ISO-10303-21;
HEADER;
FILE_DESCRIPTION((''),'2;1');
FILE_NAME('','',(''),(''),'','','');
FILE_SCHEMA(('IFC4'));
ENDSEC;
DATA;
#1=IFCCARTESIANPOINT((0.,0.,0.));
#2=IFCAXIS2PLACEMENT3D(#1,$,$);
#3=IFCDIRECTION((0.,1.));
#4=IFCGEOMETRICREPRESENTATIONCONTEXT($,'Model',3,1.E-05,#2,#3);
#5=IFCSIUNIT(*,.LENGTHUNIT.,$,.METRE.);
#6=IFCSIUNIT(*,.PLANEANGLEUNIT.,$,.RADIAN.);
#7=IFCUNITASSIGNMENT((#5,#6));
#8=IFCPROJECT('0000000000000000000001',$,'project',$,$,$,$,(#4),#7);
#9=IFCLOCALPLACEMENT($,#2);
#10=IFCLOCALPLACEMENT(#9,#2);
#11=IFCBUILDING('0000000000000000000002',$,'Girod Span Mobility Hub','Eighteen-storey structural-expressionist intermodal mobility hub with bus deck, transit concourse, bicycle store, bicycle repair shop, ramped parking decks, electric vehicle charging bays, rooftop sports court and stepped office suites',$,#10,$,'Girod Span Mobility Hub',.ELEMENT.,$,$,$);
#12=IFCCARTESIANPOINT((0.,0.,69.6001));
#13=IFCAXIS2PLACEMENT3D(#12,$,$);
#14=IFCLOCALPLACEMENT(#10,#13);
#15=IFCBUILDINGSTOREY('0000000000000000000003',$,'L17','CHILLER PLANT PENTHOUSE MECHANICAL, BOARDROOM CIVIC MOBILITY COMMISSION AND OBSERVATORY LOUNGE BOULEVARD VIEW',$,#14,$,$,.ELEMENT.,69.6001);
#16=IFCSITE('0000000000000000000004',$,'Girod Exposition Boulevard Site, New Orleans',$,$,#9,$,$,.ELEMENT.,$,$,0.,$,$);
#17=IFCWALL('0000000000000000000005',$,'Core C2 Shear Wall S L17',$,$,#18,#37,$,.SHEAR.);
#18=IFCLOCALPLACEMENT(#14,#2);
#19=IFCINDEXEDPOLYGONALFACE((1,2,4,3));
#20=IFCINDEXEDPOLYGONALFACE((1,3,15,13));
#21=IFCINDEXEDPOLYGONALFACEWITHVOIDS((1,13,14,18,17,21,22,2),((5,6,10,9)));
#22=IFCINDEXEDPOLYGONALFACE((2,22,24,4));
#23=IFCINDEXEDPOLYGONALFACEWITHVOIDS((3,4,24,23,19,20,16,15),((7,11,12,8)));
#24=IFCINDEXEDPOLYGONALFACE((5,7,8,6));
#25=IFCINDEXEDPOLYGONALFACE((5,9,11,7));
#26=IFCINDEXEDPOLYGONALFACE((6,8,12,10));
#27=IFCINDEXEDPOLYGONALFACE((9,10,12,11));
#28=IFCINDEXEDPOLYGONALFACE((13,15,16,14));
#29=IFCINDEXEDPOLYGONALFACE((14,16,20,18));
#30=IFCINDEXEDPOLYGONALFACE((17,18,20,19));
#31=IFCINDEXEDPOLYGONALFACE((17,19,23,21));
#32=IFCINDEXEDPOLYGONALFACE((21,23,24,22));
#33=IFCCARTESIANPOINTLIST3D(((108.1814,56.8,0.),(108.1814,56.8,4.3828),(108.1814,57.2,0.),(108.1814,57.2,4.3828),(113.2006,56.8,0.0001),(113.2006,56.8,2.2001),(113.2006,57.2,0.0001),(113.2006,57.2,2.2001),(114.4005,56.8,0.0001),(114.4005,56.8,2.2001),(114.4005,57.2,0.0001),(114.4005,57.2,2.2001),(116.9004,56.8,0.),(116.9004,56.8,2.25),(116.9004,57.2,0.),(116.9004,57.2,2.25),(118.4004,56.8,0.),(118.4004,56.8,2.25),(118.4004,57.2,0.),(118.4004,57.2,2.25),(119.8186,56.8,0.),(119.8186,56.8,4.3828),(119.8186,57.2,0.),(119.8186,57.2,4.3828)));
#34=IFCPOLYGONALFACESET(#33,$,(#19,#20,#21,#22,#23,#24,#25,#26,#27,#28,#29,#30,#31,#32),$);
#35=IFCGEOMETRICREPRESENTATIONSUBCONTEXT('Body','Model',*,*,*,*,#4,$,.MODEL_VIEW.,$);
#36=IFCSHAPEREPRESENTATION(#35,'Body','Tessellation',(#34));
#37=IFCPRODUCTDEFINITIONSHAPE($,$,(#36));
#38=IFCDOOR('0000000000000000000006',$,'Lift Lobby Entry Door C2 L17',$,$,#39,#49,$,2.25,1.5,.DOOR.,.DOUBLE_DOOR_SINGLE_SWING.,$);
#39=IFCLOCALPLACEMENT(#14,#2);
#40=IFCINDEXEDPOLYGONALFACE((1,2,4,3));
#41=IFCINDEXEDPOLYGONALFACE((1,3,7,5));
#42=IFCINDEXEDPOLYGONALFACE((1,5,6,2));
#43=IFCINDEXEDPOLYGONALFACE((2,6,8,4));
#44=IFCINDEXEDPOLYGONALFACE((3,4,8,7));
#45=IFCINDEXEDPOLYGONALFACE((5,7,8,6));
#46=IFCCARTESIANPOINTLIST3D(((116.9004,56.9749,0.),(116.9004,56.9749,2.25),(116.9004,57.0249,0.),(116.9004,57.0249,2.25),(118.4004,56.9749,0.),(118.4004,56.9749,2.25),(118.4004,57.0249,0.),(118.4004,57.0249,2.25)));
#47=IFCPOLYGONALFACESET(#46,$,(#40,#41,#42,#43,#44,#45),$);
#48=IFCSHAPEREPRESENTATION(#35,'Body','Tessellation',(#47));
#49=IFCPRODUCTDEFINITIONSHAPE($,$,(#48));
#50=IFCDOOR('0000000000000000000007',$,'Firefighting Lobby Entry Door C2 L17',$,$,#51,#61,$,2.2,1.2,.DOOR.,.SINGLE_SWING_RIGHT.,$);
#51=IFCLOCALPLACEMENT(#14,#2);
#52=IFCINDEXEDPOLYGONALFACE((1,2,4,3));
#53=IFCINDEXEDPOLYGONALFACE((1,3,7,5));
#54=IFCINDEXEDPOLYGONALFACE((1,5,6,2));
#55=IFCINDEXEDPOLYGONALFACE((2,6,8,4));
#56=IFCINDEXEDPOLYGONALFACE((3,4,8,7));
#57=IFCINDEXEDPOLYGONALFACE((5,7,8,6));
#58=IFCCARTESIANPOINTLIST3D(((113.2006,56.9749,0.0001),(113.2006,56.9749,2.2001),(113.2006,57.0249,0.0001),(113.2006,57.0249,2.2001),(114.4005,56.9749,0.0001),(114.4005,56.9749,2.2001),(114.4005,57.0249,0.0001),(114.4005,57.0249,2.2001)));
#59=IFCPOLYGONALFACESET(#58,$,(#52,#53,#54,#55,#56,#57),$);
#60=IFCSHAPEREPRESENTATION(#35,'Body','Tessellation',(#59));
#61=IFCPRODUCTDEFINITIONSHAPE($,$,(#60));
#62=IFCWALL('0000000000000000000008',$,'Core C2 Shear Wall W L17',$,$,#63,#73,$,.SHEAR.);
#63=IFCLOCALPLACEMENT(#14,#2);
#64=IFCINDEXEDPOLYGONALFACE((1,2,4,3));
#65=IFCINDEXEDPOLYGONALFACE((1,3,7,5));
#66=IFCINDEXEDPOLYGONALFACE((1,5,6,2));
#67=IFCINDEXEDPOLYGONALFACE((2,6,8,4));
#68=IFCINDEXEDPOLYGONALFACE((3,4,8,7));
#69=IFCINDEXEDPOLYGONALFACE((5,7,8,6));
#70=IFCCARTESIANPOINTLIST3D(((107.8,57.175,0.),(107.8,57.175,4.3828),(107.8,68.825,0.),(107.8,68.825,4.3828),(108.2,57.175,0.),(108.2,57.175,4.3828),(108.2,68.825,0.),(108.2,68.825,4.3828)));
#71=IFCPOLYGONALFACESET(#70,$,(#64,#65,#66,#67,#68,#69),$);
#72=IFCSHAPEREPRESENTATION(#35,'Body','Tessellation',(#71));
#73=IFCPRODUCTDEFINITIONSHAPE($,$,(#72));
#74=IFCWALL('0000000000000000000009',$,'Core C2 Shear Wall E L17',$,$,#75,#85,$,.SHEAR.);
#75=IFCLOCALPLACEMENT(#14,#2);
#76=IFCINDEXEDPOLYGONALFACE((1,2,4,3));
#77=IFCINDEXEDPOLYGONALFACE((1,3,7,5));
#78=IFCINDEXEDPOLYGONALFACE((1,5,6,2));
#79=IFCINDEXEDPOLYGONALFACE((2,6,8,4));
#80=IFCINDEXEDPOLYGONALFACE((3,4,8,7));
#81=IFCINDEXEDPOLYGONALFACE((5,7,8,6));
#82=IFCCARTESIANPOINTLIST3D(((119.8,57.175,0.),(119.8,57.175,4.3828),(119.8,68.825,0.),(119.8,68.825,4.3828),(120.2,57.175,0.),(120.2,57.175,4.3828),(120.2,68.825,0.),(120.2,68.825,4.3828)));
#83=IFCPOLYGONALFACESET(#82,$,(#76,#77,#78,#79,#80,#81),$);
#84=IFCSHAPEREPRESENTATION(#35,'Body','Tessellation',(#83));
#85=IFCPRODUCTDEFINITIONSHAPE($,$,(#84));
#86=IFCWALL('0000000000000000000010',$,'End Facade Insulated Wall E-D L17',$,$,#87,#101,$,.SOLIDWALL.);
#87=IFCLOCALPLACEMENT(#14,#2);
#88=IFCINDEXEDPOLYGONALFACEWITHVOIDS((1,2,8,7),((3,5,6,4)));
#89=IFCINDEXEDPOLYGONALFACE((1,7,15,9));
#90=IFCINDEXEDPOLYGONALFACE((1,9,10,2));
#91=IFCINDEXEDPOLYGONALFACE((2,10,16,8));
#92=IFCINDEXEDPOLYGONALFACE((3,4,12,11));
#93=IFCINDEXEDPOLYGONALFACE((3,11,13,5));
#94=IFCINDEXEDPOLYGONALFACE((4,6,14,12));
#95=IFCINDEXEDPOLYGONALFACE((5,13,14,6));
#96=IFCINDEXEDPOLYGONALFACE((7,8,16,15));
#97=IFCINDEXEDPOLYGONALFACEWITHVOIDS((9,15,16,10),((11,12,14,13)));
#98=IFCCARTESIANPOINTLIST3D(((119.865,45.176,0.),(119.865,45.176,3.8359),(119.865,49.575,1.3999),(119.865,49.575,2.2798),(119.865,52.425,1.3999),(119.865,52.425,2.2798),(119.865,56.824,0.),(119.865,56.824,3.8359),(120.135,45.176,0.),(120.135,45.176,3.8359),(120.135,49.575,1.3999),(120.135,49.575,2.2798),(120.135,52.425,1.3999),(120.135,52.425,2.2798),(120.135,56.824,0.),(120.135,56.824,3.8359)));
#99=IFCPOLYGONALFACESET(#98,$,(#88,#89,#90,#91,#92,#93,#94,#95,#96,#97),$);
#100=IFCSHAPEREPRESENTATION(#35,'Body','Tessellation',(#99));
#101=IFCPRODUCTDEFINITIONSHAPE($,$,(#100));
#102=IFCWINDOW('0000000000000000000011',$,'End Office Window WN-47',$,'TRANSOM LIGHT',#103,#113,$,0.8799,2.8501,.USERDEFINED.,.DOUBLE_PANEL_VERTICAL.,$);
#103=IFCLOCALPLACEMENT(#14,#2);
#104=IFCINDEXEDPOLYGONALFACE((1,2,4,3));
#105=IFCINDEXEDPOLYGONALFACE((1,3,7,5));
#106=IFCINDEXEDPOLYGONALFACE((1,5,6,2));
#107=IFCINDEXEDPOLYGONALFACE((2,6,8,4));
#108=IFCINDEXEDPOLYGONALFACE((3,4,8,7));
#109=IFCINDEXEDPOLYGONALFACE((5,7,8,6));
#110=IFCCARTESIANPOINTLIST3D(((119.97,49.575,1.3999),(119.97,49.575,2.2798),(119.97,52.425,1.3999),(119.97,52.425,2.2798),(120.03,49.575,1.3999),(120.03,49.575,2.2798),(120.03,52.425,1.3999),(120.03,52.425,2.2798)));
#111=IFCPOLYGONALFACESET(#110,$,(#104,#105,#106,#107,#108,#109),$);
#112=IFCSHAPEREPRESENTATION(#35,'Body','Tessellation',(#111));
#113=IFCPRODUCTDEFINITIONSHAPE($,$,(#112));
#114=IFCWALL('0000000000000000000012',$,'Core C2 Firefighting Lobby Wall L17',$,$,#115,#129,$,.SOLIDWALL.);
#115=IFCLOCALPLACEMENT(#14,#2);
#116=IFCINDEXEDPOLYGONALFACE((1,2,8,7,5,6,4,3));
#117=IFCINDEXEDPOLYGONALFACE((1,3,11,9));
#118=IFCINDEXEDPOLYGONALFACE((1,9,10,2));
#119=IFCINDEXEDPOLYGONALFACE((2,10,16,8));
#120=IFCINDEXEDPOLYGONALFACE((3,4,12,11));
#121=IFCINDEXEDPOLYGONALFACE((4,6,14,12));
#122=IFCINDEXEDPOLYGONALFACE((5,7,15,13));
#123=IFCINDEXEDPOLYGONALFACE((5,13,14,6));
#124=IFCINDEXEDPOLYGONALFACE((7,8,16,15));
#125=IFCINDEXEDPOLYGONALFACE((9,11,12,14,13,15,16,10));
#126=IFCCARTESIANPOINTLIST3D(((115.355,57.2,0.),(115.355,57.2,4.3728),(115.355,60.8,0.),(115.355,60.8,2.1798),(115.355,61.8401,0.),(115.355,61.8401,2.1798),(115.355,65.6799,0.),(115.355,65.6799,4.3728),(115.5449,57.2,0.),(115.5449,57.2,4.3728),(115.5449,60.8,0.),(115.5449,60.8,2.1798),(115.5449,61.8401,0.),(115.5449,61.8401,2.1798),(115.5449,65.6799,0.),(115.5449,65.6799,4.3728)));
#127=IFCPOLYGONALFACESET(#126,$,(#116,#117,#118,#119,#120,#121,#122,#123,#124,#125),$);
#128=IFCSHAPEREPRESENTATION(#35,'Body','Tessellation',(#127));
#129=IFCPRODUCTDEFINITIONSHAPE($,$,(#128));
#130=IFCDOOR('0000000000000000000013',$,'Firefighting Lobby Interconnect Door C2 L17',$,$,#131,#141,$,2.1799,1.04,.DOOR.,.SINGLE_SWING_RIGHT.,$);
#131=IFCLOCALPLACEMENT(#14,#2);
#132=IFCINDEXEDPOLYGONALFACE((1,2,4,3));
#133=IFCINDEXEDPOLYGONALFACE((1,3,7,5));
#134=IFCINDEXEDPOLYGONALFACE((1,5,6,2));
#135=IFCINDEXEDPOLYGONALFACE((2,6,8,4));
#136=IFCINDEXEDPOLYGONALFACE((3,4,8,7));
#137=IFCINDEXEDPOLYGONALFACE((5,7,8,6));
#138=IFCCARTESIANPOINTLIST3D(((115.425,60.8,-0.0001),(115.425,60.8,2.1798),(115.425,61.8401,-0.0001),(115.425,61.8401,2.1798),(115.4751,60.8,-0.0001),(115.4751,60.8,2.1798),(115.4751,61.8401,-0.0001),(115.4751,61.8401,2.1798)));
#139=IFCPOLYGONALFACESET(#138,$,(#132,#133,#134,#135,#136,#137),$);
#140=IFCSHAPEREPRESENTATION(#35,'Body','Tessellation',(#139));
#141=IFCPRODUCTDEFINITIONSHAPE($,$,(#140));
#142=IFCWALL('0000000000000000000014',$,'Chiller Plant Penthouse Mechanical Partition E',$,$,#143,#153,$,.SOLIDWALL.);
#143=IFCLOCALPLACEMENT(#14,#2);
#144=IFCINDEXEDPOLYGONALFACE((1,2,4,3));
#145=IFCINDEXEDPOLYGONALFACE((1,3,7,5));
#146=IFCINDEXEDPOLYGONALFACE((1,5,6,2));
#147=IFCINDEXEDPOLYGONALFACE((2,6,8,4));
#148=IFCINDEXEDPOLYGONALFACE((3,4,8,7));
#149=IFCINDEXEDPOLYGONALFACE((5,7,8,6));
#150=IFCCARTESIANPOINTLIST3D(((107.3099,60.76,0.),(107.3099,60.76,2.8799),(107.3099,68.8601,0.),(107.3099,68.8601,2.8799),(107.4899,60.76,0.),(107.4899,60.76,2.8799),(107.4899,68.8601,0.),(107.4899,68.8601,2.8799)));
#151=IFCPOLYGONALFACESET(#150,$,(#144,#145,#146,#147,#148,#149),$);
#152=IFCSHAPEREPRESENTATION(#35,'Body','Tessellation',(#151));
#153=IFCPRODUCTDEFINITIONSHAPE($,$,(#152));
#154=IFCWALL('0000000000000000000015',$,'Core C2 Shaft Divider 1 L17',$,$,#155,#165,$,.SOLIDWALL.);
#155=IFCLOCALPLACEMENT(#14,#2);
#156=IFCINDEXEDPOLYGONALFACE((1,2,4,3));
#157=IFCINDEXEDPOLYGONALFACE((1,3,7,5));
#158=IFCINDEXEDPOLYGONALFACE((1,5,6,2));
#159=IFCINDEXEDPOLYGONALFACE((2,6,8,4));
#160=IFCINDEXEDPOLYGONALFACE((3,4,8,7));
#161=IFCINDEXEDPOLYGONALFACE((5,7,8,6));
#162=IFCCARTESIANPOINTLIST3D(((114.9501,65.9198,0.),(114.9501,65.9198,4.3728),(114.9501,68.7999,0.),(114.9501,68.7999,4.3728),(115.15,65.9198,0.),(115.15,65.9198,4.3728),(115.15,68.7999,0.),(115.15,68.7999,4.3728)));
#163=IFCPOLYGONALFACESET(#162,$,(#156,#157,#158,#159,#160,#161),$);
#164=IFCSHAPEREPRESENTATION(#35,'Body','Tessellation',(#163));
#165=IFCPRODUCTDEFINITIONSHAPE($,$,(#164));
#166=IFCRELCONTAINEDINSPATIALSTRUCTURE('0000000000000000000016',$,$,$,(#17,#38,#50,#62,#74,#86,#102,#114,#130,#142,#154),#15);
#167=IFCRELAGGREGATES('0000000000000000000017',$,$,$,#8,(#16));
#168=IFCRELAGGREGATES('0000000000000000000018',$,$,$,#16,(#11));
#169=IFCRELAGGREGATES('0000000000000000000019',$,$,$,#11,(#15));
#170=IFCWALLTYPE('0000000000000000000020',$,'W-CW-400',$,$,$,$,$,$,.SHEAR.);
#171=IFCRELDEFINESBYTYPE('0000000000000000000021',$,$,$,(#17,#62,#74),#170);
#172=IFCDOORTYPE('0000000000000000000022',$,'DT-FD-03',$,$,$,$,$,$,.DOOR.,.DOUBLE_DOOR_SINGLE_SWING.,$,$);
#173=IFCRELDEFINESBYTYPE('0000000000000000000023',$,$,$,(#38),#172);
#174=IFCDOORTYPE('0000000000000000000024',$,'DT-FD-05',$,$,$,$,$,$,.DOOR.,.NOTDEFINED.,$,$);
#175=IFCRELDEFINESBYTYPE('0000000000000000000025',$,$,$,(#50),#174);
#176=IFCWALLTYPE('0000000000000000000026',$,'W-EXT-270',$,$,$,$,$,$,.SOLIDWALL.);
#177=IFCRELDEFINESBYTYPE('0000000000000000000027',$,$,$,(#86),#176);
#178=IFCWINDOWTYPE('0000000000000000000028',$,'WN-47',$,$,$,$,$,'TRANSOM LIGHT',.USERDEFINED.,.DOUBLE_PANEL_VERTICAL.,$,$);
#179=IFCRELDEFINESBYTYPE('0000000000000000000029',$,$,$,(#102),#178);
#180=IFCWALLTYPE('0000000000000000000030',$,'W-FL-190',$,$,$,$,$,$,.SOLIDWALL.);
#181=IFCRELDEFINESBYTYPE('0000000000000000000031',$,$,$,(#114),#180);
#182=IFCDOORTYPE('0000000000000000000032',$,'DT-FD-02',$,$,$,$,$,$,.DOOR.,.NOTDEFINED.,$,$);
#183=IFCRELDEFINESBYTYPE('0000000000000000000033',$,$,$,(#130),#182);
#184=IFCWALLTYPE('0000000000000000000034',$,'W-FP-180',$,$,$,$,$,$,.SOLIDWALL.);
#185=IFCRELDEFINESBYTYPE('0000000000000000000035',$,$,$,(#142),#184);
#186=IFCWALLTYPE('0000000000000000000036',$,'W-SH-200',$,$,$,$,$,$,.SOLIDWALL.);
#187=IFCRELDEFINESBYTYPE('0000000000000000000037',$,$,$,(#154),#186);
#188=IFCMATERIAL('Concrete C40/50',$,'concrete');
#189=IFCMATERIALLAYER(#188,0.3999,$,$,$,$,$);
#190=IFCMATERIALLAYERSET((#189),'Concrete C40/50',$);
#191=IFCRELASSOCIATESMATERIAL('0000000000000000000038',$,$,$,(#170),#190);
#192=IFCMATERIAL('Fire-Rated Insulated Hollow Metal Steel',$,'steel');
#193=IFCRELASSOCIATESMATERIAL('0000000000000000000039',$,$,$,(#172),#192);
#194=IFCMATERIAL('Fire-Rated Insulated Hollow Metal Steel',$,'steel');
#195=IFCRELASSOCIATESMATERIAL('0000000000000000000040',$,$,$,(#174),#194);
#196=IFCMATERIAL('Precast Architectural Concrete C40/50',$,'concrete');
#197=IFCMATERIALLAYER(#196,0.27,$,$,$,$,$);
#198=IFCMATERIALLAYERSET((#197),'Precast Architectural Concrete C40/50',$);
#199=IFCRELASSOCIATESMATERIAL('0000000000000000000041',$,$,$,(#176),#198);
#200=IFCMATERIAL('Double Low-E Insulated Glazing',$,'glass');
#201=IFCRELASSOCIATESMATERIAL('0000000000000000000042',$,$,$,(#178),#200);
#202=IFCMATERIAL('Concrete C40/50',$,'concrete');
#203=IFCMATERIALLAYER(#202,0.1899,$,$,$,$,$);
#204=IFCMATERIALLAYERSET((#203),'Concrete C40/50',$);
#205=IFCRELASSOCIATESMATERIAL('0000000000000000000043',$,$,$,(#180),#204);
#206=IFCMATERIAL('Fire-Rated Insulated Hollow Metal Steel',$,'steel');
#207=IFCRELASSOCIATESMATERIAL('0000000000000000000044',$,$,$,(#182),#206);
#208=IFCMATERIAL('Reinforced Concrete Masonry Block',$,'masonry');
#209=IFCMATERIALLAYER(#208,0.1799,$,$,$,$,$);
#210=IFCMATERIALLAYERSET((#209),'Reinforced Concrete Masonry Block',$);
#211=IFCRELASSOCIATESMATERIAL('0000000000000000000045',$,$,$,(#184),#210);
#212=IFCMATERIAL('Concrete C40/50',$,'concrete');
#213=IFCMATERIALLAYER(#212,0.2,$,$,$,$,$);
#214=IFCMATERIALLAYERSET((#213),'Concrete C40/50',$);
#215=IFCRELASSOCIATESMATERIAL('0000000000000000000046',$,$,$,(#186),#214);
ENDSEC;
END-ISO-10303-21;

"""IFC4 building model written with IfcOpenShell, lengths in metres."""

from ifc_helpers import new_model, si_unit, direction, frame, frame_2d, origin, place, context, subcontext, project, spatial, rectangle, extrude, material, layer, layer_set, type_object, element, fill, save


model = new_model("IFC4")

# Units and contexts
model_context = context("Model", 3, precision=1e-05, world=origin(), true_north=direction((0.0, 1.0)))
body_context = subcontext(model_context, "Body", "Model", "MODEL_VIEW")
ifc_project = project(units=[si_unit("LENGTHUNIT", "METRE"), si_unit("PLANEANGLEUNIT", "RADIAN")], contexts=[model_context])

# Site, building, storey
site_placement = place(None, origin())
site = spatial("IfcSite", under=ifc_project, at=site_placement, Name="Girod Exposition Boulevard Site, New Orleans", CompositionType="ELEMENT", RefElevation=0.0)
building_placement = place(site_placement, origin())
building = spatial("IfcBuilding", under=site, at=building_placement, Name="Girod Span Mobility Hub", Description="Eighteen-storey structural-expressionist intermodal mobility hub with bus deck, transit concourse, bicycle store, bicycle repair shop, ramped parking decks, electric vehicle charging bays, rooftop sports court and stepped office suites", LongName="Girod Span Mobility Hub", CompositionType="ELEMENT")
storey_placement = place(building_placement, frame((0.0, 0.0, 69.6001)))
storey = spatial("IfcBuildingStorey", under=building, at=storey_placement, Name="L17", Description="CHILLER PLANT PENTHOUSE MECHANICAL, BOARDROOM CIVIC MOBILITY COMMISSION AND OBSERVATORY LOUNGE BOULEVARD VIEW", CompositionType="ELEMENT", Elevation=69.6001)

# Wall, openings, doors
ifc_material_1 = material(Name="Concrete C40/50", Category="concrete")
ifc_layer_1 = layer(ifc_material_1, 0.3999)
ifc_layer_set_1 = layer_set([ifc_layer_1], Name="Concrete C40/50")
wall_type_1 = type_object("IfcWallType", Name="W-CW-400", PredefinedType="SHEAR", material=ifc_layer_set_1)
wall_1_placement = place(storey_placement, frame((108.1814, 57.0, 0.0), z_axis=(0.0, 0.0, 1.0), x_axis=(1.0, 0.0, 0.0)))
wall_1 = element("IfcWall", 1, at=wall_1_placement, inside=storey, type_object=wall_type_1, Name="Core C2 Shear Wall S L17", PredefinedType="SHEAR", context=body_context, shape_type="SweptSolid", body=[
    extrude(rectangle(XDim=11.6372, YDim=0.3999, at=frame_2d((5.8186, 0.0))), origin(), (0.0, 0.0, 1.0), 4.3828),
])
opening_1_placement = place(wall_1_placement, frame((5.019, 0.0, 0.0)))
opening_1 = element("IfcOpeningElement", 2, at=opening_1_placement, cuts=wall_1, PredefinedType="OPENING", context=body_context, shape_type="SweptSolid", body=[
    extrude(rectangle(XDim=1.2, YDim=2.2, at=frame_2d((0.6001, 1.1001))), frame((0.0, 0.2148, 0.0), z_axis=(0.0, -1.0, 0.0), x_axis=(1.0, 0.0, 0.0)), (0.0, 0.0, 1.0), 0.4299),
])
opening_2_placement = place(wall_1_placement, frame((8.719, 0.0, 0.0)))
opening_2 = element("IfcOpeningElement", 3, at=opening_2_placement, cuts=wall_1, PredefinedType="OPENING", context=body_context, shape_type="SweptSolid", body=[
    extrude(rectangle(XDim=1.5, YDim=2.25, at=frame_2d((0.75, 1.125))), frame((0.0, 0.2148, 0.0), z_axis=(0.0, -1.0, 0.0), x_axis=(1.0, 0.0, 0.0)), (0.0, 0.0, 1.0), 0.4299),
])
ifc_material_2 = material(Name="Fire-Rated Insulated Hollow Metal Steel", Category="steel")
door_type_1 = type_object("IfcDoorType", Name="DT-FD-03", OperationType="DOUBLE_DOOR_SINGLE_SWING", PredefinedType="DOOR", material=ifc_material_2)
door_1_placement = place(opening_2_placement, origin())
door_1 = element("IfcDoor", 4, at=door_1_placement, inside=storey, type_object=door_type_1, Name="Lift Lobby Entry Door C2 L17", OperationType="DOUBLE_DOOR_SINGLE_SWING", OverallHeight=2.25, OverallWidth=1.5, PredefinedType="DOOR", context=body_context, shape_type="SweptSolid", body=[
    extrude(rectangle(XDim=1.5, YDim=2.25, at=frame_2d((0.75, 1.125))), frame((0.0, 0.0249, 0.0), z_axis=(0.0, -1.0, 0.0), x_axis=(1.0, 0.0, 0.0)), (0.0, 0.0, 1.0), 0.05),
])
fill(opening_2, door_1)
ifc_material_3 = material(Name="Fire-Rated Insulated Hollow Metal Steel", Category="steel")
door_type_2 = type_object("IfcDoorType", Name="DT-FD-05", OperationType="NOTDEFINED", PredefinedType="DOOR", material=ifc_material_3)
door_2_placement = place(opening_1_placement, origin())
door_2 = element("IfcDoor", 5, at=door_2_placement, inside=storey, type_object=door_type_2, Name="Firefighting Lobby Entry Door C2 L17", OperationType="SINGLE_SWING_RIGHT", OverallHeight=2.2, OverallWidth=1.2, PredefinedType="DOOR", context=body_context, shape_type="SweptSolid", body=[
    extrude(rectangle(XDim=1.2, YDim=2.2, at=frame_2d((0.6001, 1.1001))), frame((0.0, 0.0249, 0.0), z_axis=(0.0, -1.0, 0.0), x_axis=(1.0, 0.0, 0.0)), (0.0, 0.0, 1.0), 0.05),
])
fill(opening_1, door_2)

# Walls
for number, where, z_axis, x_axis, name in (
    (6, (108.0, 57.175, 0.0), (0.0, 0.0, 1.0), (0.0, 1.0, 0.0), "Core C2 Shear Wall W L17"),
    (7, (120.0, 57.175, 0.0), (0.0, 0.0, 1.0), (0.0, 1.0, 0.0), "Core C2 Shear Wall E L17"),
):
    element("IfcWall", number, at=place(storey_placement, frame(where, z_axis=z_axis, x_axis=x_axis)), inside=storey, type_object=wall_type_1, Name=name, PredefinedType="SHEAR", context=body_context, shape_type="SweptSolid", body=[
        extrude(rectangle(XDim=11.6499, YDim=0.3999, at=frame_2d((5.825, 0.0))), origin(), (0.0, 0.0, 1.0), 4.3828),
    ])

# Wall, opening, window
ifc_material_4 = material(Name="Precast Architectural Concrete C40/50", Category="concrete")
ifc_layer_2 = layer(ifc_material_4, 0.27)
ifc_layer_set_2 = layer_set([ifc_layer_2], Name="Precast Architectural Concrete C40/50")
wall_type_2 = type_object("IfcWallType", Name="W-EXT-270", PredefinedType="SOLIDWALL", material=ifc_layer_set_2)
wall_2_placement = place(storey_placement, frame((120.0, 45.176, 0.0), z_axis=(0.0, 0.0, 1.0), x_axis=(0.0, 1.0, 0.0)))
wall_2 = element("IfcWall", 8, at=wall_2_placement, inside=storey, type_object=wall_type_2, Name="End Facade Insulated Wall E-D L17", PredefinedType="SOLIDWALL", context=body_context, shape_type="SweptSolid", body=[
    extrude(rectangle(XDim=11.6479, YDim=0.27, at=frame_2d((5.824, 0.0))), origin(), (0.0, 0.0, 1.0), 3.8359),
])
opening_3_placement = place(wall_2_placement, frame((4.3989, 0.0, 1.3999)))
opening_3 = element("IfcOpeningElement", 9, at=opening_3_placement, cuts=wall_2, PredefinedType="OPENING", context=body_context, shape_type="SweptSolid", body=[
    extrude(rectangle(XDim=2.8501, YDim=0.8799, at=frame_2d((1.425, 0.4399))), frame((0.0, 0.1499, 0.0), z_axis=(0.0, -1.0, 0.0), x_axis=(1.0, 0.0, 0.0)), (0.0, 0.0, 1.0), 0.3),
])
ifc_material_5 = material(Name="Double Low-E Insulated Glazing", Category="glass")
window_type = type_object("IfcWindowType", Name="WN-47", ElementType="TRANSOM LIGHT", PartitioningType="DOUBLE_PANEL_VERTICAL", PredefinedType="USERDEFINED", material=ifc_material_5)
window_placement = place(opening_3_placement, origin())
window = element("IfcWindow", 10, at=window_placement, inside=storey, type_object=window_type, Name="End Office Window WN-47", ObjectType="TRANSOM LIGHT", OverallHeight=0.8799, OverallWidth=2.8501, PartitioningType="DOUBLE_PANEL_VERTICAL", PredefinedType="USERDEFINED", context=body_context, shape_type="SweptSolid", body=[
    extrude(rectangle(XDim=2.8501, YDim=0.8799, at=frame_2d((1.425, 0.4399))), frame((0.0, 0.03, 0.0), z_axis=(0.0, -1.0, 0.0), x_axis=(1.0, 0.0, 0.0)), (0.0, 0.0, 1.0), 0.0601),
])
fill(opening_3, window)

# Wall, opening, door
ifc_material_6 = material(Name="Concrete C40/50", Category="concrete")
ifc_layer_3 = layer(ifc_material_6, 0.1899)
ifc_layer_set_3 = layer_set([ifc_layer_3], Name="Concrete C40/50")
wall_type_3 = type_object("IfcWallType", Name="W-FL-190", PredefinedType="SOLIDWALL", material=ifc_layer_set_3)
wall_3_placement = place(storey_placement, frame((115.45, 57.2, 0.0), z_axis=(0.0, 0.0, 1.0), x_axis=(0.0, 1.0, 0.0)))
wall_3 = element("IfcWall", 11, at=wall_3_placement, inside=storey, type_object=wall_type_3, Name="Core C2 Firefighting Lobby Wall L17", PredefinedType="SOLIDWALL", context=body_context, shape_type="SweptSolid", body=[
    extrude(rectangle(XDim=8.48, YDim=0.1899, at=frame_2d((4.24, 0.0))), origin(), (0.0, 0.0, 1.0), 4.3728),
])
opening_4_placement = place(wall_3_placement, frame((3.6001, 0.0, 0.0)))
opening_4 = element("IfcOpeningElement", 12, at=opening_4_placement, cuts=wall_3, PredefinedType="OPENING", context=body_context, shape_type="SweptSolid", body=[
    extrude(rectangle(XDim=1.04, YDim=2.1799, at=frame_2d((0.52, 1.0898))), frame((0.0, 0.1099, 0.0), z_axis=(0.0, -1.0, 0.0), x_axis=(1.0, 0.0, 0.0)), (0.0, 0.0, 1.0), 0.22),
])
ifc_material_7 = material(Name="Fire-Rated Insulated Hollow Metal Steel", Category="steel")
door_type_3 = type_object("IfcDoorType", Name="DT-FD-02", OperationType="NOTDEFINED", PredefinedType="DOOR", material=ifc_material_7)
door_3_placement = place(opening_4_placement, origin())
door_3 = element("IfcDoor", 13, at=door_3_placement, inside=storey, type_object=door_type_3, Name="Firefighting Lobby Interconnect Door C2 L17", OperationType="SINGLE_SWING_RIGHT", OverallHeight=2.1799, OverallWidth=1.04, PredefinedType="DOOR", context=body_context, shape_type="SweptSolid", body=[
    extrude(rectangle(XDim=1.04, YDim=2.1799, at=frame_2d((0.52, 1.0898))), frame((0.0, 0.0249, 0.0), z_axis=(0.0, -1.0, 0.0), x_axis=(1.0, 0.0, 0.0)), (0.0, 0.0, 1.0), 0.05),
])
fill(opening_4, door_3)

# Walls
ifc_material_8 = material(Name="Reinforced Concrete Masonry Block", Category="masonry")
ifc_layer_4 = layer(ifc_material_8, 0.1799)
ifc_layer_set_4 = layer_set([ifc_layer_4], Name="Reinforced Concrete Masonry Block")
wall_type_4 = type_object("IfcWallType", Name="W-FP-180", PredefinedType="SOLIDWALL", material=ifc_layer_set_4)
wall_4_placement = place(storey_placement, frame((107.3999, 60.76, 0.0), z_axis=(0.0, 0.0, 1.0), x_axis=(0.0, 1.0, 0.0)))
element("IfcWall", 14, at=wall_4_placement, inside=storey, type_object=wall_type_4, Name="Chiller Plant Penthouse Mechanical Partition E", PredefinedType="SOLIDWALL", context=body_context, shape_type="SweptSolid", body=[
    extrude(rectangle(XDim=8.1001, YDim=0.1799, at=frame_2d((4.05, 0.0))), origin(), (0.0, 0.0, 1.0), 2.8799),
])
ifc_material_9 = material(Name="Concrete C40/50", Category="concrete")
ifc_layer_5 = layer(ifc_material_9, 0.2)
ifc_layer_set_5 = layer_set([ifc_layer_5], Name="Concrete C40/50")
wall_type_5 = type_object("IfcWallType", Name="W-SH-200", PredefinedType="SOLIDWALL", material=ifc_layer_set_5)
for number, where, z_axis, x_axis, name in (
    (15, (115.05, 65.9199, 0.0), (0.0, 0.0, 1.0), (0.0, 1.0, 0.0), "Core C2 Shaft Divider 1 L17"),
):
    element("IfcWall", number, at=place(storey_placement, frame(where, z_axis=z_axis, x_axis=x_axis)), inside=storey, type_object=wall_type_5, Name=name, PredefinedType="SOLIDWALL", context=body_context, shape_type="SweptSolid", body=[
        extrude(rectangle(XDim=2.8801, YDim=0.2, at=frame_2d((1.4399, 0.0))), origin(), (0.0, 0.0, 1.0), 4.3728),
    ])

save(model, "model.ifc")
